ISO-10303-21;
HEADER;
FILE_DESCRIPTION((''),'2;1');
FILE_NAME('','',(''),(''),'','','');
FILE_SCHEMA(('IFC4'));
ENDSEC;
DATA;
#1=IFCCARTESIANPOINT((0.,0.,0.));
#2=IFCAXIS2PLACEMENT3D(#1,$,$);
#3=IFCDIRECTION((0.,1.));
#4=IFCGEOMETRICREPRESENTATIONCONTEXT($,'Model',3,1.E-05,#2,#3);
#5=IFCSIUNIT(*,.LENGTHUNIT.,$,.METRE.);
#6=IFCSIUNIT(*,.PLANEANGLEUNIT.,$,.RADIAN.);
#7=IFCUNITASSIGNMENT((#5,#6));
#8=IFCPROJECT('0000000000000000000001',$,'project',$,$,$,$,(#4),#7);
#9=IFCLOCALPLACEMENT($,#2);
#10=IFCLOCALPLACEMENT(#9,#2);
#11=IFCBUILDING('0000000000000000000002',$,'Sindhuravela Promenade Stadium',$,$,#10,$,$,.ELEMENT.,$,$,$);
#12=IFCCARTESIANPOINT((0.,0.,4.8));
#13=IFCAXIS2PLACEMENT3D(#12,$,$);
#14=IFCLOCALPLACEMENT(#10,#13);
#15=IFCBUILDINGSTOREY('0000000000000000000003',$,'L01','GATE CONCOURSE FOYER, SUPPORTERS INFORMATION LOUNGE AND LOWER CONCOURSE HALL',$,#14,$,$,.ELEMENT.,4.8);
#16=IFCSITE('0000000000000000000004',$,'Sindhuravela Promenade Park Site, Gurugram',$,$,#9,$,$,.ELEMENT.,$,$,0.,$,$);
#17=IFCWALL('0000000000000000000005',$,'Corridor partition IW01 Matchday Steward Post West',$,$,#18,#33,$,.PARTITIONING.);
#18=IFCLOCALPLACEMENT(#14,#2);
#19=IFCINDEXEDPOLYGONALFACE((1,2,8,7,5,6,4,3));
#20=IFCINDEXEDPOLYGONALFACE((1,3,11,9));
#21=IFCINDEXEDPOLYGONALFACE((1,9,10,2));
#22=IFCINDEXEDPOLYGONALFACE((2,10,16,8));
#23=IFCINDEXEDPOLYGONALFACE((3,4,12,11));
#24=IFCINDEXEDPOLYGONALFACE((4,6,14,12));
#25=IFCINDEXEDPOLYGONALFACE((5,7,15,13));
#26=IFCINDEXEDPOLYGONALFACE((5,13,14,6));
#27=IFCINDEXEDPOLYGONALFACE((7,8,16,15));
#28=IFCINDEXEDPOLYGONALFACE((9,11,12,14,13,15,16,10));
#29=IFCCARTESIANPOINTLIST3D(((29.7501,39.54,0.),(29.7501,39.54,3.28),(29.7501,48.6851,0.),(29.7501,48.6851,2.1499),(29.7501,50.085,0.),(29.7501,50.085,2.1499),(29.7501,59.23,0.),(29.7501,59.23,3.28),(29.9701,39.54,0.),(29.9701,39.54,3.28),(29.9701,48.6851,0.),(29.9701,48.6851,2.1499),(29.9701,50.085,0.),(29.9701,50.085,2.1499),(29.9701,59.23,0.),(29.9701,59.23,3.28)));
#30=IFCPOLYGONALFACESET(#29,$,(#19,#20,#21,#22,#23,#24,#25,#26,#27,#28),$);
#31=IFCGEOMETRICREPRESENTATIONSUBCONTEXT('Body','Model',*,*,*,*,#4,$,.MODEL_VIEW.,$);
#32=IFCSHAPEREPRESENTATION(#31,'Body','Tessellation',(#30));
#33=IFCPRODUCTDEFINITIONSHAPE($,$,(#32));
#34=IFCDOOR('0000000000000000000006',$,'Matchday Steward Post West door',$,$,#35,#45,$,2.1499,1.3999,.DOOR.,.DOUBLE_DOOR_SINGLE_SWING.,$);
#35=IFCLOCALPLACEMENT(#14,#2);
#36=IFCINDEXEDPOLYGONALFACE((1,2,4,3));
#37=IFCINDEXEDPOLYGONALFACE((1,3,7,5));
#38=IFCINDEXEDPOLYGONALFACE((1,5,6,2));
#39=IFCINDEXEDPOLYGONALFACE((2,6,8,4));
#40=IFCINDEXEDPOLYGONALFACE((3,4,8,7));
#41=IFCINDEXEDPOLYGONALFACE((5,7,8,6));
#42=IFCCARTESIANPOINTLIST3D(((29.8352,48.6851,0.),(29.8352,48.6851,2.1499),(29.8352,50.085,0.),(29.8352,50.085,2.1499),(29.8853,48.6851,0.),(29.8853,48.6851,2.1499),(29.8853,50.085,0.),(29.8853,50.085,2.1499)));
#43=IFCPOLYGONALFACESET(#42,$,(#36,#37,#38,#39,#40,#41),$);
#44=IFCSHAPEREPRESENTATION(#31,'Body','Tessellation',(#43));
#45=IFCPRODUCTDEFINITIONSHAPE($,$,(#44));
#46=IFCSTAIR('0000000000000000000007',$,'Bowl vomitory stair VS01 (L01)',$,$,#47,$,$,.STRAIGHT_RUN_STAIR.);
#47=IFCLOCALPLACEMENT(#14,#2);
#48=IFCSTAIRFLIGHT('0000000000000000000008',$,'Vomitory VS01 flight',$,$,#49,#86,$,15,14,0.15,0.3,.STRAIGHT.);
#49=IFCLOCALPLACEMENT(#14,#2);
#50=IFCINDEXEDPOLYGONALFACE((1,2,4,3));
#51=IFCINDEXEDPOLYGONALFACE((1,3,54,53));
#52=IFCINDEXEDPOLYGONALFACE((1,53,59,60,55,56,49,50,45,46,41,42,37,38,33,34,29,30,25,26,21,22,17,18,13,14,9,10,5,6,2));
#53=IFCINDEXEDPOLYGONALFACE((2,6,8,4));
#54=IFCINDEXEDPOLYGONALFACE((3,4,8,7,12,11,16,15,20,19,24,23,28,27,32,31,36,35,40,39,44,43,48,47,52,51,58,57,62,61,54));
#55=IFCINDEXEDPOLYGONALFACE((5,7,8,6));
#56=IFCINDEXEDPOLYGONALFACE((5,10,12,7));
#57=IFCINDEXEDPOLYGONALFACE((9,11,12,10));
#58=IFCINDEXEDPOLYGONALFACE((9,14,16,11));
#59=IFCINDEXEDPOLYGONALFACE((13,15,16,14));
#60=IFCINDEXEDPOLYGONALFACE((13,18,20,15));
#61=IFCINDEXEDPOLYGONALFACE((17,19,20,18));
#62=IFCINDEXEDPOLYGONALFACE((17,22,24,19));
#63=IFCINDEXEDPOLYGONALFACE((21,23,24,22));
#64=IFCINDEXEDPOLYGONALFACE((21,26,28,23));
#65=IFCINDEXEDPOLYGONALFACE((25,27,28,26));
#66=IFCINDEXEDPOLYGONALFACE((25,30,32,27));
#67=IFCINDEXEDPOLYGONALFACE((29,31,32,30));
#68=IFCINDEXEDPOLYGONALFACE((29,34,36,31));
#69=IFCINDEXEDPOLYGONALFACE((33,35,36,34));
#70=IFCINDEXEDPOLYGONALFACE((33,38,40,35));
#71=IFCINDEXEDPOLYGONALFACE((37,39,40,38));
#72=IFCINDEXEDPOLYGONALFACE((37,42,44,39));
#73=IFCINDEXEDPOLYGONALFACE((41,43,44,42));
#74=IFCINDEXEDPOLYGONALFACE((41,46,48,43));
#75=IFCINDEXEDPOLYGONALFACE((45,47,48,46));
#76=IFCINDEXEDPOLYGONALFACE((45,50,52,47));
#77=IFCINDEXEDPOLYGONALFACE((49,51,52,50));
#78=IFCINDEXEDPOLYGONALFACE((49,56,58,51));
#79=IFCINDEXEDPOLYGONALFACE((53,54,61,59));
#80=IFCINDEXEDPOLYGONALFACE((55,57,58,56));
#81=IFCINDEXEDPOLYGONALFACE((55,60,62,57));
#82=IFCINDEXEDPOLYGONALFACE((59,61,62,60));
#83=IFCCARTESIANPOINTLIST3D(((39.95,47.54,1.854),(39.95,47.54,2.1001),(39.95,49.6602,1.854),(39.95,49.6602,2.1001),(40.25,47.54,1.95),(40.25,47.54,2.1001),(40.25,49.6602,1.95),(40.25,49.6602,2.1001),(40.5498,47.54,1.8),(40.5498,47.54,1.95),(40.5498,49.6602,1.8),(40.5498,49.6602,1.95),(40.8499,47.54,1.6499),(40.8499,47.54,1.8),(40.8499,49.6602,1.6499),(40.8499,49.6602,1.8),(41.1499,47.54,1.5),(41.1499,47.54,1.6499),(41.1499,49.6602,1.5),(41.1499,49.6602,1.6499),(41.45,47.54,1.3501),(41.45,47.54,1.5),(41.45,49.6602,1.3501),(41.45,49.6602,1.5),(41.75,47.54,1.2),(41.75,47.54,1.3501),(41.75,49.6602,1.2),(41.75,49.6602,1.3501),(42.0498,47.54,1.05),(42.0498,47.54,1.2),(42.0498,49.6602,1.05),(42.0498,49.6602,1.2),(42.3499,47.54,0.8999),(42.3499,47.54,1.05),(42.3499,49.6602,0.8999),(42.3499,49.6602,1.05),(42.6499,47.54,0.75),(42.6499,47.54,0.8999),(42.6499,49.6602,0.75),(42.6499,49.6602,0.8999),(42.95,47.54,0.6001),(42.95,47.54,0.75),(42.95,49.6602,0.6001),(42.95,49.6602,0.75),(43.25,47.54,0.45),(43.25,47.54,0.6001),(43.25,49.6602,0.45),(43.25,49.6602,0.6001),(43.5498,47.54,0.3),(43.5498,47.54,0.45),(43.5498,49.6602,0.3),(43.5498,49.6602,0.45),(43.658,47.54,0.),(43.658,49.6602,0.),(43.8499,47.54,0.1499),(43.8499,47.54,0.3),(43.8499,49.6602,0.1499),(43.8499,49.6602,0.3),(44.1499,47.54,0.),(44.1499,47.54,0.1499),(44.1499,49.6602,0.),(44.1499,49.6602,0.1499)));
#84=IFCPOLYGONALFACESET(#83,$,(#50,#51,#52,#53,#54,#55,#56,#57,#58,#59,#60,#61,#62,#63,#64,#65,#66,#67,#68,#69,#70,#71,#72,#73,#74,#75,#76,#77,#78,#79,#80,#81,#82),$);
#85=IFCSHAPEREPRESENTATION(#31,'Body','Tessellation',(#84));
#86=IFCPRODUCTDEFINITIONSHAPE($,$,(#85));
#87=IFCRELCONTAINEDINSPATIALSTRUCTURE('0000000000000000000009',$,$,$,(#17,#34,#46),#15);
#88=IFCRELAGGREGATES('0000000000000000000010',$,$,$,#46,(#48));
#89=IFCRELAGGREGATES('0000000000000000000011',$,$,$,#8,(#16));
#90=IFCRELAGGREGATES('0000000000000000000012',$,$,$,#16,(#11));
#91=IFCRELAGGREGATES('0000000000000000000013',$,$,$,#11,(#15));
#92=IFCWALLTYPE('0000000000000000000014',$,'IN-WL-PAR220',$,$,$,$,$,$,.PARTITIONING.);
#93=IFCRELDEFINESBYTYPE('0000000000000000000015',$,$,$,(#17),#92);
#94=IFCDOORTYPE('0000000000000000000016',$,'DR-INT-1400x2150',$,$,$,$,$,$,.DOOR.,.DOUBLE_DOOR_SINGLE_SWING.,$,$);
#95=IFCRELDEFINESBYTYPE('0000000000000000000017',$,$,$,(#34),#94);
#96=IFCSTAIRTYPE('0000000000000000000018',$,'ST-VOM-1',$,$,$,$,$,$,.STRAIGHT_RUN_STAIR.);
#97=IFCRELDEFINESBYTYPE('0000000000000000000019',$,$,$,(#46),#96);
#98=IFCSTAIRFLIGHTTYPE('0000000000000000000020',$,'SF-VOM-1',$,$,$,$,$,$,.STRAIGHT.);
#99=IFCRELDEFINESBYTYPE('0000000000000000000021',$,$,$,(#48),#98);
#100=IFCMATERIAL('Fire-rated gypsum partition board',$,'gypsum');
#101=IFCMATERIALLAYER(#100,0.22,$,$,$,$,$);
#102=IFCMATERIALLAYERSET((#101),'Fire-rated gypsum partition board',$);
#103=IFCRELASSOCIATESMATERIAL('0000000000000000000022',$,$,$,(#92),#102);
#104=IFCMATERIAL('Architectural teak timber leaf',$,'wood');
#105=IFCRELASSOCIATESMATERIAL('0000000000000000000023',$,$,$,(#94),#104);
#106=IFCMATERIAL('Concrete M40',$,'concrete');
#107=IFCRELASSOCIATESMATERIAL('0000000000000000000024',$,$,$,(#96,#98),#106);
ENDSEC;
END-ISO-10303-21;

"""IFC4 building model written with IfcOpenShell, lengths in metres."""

from ifc_helpers import new_model, si_unit, direction, frame, frame_2d, origin, place, context, subcontext, project, spatial, polyline, rectangle, outline, extrude, material, layer, layer_set, type_object, element, fill, aggregate, save


model = new_model("IFC4")

# Units and contexts
model_context = context("Model", 3, precision=1e-05, world=origin(), true_north=direction((0.0, 1.0)))
body_context = subcontext(model_context, "Body", "Model", "MODEL_VIEW")
ifc_project = project(units=[si_unit("LENGTHUNIT", "METRE"), si_unit("PLANEANGLEUNIT", "RADIAN")], contexts=[model_context])

# Site, building, storey
site_placement = place(None, origin())
site = spatial("IfcSite", under=ifc_project, at=site_placement, Name="Sindhuravela Promenade Park Site, Gurugram", CompositionType="ELEMENT", RefElevation=0.0)
building_placement = place(site_placement, origin())
building = spatial("IfcBuilding", under=site, at=building_placement, Name="Sindhuravela Promenade Stadium", CompositionType="ELEMENT")
storey_placement = place(building_placement, frame((0.0, 0.0, 4.8)))
storey = spatial("IfcBuildingStorey", under=building, at=storey_placement, Name="L01", Description="GATE CONCOURSE FOYER, SUPPORTERS INFORMATION LOUNGE AND LOWER CONCOURSE HALL", CompositionType="ELEMENT", Elevation=4.8)

# Shared definitions
ifc_material_1 = material(Name="Concrete M40", Category="concrete")

# Shared definitions
ifc_material_2 = material(Name="Fire-rated gypsum partition board", Category="gypsum")

# Shared definitions
ifc_material_3 = material(Name="Architectural teak timber leaf", Category="wood")

# Wall, opening, door
ifc_layer_1 = layer(ifc_material_2, 0.22)
ifc_layer_set_1 = layer_set([ifc_layer_1], Name="Fire-rated gypsum partition board")
wall_type_1 = type_object("IfcWallType", Name="IN-WL-PAR220", PredefinedType="PARTITIONING", material=ifc_layer_set_1)
wall_1_placement = place(storey_placement, frame((29.8601, 39.54, 0.0), z_axis=(0.0, 0.0, 1.0), x_axis=(0.0, 1.0, 0.0)))
wall_1 = element("IfcWall", 1, at=wall_1_placement, inside=storey, type_object=wall_type_1, Name="Corridor partition IW01 Matchday Steward Post West", PredefinedType="PARTITIONING", context=body_context, shape_type="SweptSolid", body=[
    extrude(rectangle(XDim=19.6899, YDim=0.22, at=frame_2d((9.845, 0.0))), origin(), (0.0, 0.0, 1.0), 3.28),
])
opening_1_placement = place(wall_1_placement, frame((9.145, 0.0, 0.0)))
opening_1 = element("IfcOpeningElement", 2, at=opening_1_placement, cuts=wall_1, PredefinedType="OPENING", context=body_context, shape_type="SweptSolid", body=[
    extrude(rectangle(XDim=1.3999, YDim=2.1499, at=frame_2d((0.7, 1.075))), frame((0.0, 0.1199, 0.0), z_axis=(0.0, -1.0, 0.0), x_axis=(1.0, 0.0, 0.0)), (0.0, 0.0, 1.0), 0.24),
])
door_type_1 = type_object("IfcDoorType", Name="DR-INT-1400x2150", OperationType="DOUBLE_DOOR_SINGLE_SWING", PredefinedType="DOOR", material=ifc_material_3)
door_1_placement = place(opening_1_placement, origin())
door_1 = element("IfcDoor", 3, at=door_1_placement, inside=storey, type_object=door_type_1, Name="Matchday Steward Post West door", OperationType="DOUBLE_DOOR_SINGLE_SWING", OverallHeight=2.1499, OverallWidth=1.3999, PredefinedType="DOOR", context=body_context, shape_type="SweptSolid", body=[
    extrude(rectangle(XDim=1.3999, YDim=2.1499, at=frame_2d((0.7, 1.075))), frame((0.0, 0.0249, 0.0), z_axis=(0.0, -1.0, 0.0), x_axis=(1.0, 0.0, 0.0)), (0.0, 0.0, 1.0), 0.05),
])
fill(opening_1, door_1)

# Stair, stair flight
stair_type = type_object("IfcStairType", Name="ST-VOM-1", PredefinedType="STRAIGHT_RUN_STAIR", material=ifc_material_1)
stair_placement = place(storey_placement, origin())
stair = element("IfcStair", 4, at=stair_placement, inside=storey, type_object=stair_type, Name="Bowl vomitory stair VS01 (L01)", PredefinedType="STRAIGHT_RUN_STAIR")
stair_flight_type = type_object("IfcStairFlightType", Name="SF-VOM-1", PredefinedType="STRAIGHT", material=ifc_material_1)
stair_flight_placement = place(storey_placement, frame((44.1499, 48.6001, 0.0), z_axis=(0.0, 0.0, 1.0), x_axis=(-1.0, 0.0, 0.0)))
stair_flight = element("IfcStairFlight", 5, at=stair_flight_placement, type_object=stair_flight_type, Name="Vomitory VS01 flight", NumberOfRisers=15, NumberOfTreads=14, PredefinedType="STRAIGHT", RiserHeight=0.15, TreadLength=0.3, context=body_context, shape_type="SweptSolid", body=[
    extrude(outline(polyline([(0.0, 0.0), (0.0, 0.1499), (0.3, 0.1499), (0.3, 0.3), (0.6001, 0.3), (0.6001, 0.45), (0.8999, 0.45), (0.8999, 0.6001), (1.2, 0.6001), (1.2, 0.75), (1.5, 0.75), (1.5, 0.8999), (1.8, 0.8999), (1.8, 1.05), (2.1001, 1.05), (2.1001, 1.2), (2.3999, 1.2), (2.3999, 1.3501), (2.7, 1.3501), (2.7, 1.5), (3.0, 1.5), (3.0, 1.6499), (3.3, 1.6499), (3.3, 1.8), (3.6001, 1.8), (3.6001, 1.95), (3.8999, 1.95), (3.8999, 2.1001), (4.2, 2.1001), (4.2, 2.25), (4.2, 1.854), (0.4919, 0.0), (0.0, 0.0)])), frame((0.0, 1.0601, 0.0), z_axis=(0.0, -1.0, 0.0), x_axis=(1.0, 0.0, 0.0)), (0.0, 0.0, 1.0), 2.1201),
])
aggregate(stair, [stair_flight])

save(model, "model.ifc")
